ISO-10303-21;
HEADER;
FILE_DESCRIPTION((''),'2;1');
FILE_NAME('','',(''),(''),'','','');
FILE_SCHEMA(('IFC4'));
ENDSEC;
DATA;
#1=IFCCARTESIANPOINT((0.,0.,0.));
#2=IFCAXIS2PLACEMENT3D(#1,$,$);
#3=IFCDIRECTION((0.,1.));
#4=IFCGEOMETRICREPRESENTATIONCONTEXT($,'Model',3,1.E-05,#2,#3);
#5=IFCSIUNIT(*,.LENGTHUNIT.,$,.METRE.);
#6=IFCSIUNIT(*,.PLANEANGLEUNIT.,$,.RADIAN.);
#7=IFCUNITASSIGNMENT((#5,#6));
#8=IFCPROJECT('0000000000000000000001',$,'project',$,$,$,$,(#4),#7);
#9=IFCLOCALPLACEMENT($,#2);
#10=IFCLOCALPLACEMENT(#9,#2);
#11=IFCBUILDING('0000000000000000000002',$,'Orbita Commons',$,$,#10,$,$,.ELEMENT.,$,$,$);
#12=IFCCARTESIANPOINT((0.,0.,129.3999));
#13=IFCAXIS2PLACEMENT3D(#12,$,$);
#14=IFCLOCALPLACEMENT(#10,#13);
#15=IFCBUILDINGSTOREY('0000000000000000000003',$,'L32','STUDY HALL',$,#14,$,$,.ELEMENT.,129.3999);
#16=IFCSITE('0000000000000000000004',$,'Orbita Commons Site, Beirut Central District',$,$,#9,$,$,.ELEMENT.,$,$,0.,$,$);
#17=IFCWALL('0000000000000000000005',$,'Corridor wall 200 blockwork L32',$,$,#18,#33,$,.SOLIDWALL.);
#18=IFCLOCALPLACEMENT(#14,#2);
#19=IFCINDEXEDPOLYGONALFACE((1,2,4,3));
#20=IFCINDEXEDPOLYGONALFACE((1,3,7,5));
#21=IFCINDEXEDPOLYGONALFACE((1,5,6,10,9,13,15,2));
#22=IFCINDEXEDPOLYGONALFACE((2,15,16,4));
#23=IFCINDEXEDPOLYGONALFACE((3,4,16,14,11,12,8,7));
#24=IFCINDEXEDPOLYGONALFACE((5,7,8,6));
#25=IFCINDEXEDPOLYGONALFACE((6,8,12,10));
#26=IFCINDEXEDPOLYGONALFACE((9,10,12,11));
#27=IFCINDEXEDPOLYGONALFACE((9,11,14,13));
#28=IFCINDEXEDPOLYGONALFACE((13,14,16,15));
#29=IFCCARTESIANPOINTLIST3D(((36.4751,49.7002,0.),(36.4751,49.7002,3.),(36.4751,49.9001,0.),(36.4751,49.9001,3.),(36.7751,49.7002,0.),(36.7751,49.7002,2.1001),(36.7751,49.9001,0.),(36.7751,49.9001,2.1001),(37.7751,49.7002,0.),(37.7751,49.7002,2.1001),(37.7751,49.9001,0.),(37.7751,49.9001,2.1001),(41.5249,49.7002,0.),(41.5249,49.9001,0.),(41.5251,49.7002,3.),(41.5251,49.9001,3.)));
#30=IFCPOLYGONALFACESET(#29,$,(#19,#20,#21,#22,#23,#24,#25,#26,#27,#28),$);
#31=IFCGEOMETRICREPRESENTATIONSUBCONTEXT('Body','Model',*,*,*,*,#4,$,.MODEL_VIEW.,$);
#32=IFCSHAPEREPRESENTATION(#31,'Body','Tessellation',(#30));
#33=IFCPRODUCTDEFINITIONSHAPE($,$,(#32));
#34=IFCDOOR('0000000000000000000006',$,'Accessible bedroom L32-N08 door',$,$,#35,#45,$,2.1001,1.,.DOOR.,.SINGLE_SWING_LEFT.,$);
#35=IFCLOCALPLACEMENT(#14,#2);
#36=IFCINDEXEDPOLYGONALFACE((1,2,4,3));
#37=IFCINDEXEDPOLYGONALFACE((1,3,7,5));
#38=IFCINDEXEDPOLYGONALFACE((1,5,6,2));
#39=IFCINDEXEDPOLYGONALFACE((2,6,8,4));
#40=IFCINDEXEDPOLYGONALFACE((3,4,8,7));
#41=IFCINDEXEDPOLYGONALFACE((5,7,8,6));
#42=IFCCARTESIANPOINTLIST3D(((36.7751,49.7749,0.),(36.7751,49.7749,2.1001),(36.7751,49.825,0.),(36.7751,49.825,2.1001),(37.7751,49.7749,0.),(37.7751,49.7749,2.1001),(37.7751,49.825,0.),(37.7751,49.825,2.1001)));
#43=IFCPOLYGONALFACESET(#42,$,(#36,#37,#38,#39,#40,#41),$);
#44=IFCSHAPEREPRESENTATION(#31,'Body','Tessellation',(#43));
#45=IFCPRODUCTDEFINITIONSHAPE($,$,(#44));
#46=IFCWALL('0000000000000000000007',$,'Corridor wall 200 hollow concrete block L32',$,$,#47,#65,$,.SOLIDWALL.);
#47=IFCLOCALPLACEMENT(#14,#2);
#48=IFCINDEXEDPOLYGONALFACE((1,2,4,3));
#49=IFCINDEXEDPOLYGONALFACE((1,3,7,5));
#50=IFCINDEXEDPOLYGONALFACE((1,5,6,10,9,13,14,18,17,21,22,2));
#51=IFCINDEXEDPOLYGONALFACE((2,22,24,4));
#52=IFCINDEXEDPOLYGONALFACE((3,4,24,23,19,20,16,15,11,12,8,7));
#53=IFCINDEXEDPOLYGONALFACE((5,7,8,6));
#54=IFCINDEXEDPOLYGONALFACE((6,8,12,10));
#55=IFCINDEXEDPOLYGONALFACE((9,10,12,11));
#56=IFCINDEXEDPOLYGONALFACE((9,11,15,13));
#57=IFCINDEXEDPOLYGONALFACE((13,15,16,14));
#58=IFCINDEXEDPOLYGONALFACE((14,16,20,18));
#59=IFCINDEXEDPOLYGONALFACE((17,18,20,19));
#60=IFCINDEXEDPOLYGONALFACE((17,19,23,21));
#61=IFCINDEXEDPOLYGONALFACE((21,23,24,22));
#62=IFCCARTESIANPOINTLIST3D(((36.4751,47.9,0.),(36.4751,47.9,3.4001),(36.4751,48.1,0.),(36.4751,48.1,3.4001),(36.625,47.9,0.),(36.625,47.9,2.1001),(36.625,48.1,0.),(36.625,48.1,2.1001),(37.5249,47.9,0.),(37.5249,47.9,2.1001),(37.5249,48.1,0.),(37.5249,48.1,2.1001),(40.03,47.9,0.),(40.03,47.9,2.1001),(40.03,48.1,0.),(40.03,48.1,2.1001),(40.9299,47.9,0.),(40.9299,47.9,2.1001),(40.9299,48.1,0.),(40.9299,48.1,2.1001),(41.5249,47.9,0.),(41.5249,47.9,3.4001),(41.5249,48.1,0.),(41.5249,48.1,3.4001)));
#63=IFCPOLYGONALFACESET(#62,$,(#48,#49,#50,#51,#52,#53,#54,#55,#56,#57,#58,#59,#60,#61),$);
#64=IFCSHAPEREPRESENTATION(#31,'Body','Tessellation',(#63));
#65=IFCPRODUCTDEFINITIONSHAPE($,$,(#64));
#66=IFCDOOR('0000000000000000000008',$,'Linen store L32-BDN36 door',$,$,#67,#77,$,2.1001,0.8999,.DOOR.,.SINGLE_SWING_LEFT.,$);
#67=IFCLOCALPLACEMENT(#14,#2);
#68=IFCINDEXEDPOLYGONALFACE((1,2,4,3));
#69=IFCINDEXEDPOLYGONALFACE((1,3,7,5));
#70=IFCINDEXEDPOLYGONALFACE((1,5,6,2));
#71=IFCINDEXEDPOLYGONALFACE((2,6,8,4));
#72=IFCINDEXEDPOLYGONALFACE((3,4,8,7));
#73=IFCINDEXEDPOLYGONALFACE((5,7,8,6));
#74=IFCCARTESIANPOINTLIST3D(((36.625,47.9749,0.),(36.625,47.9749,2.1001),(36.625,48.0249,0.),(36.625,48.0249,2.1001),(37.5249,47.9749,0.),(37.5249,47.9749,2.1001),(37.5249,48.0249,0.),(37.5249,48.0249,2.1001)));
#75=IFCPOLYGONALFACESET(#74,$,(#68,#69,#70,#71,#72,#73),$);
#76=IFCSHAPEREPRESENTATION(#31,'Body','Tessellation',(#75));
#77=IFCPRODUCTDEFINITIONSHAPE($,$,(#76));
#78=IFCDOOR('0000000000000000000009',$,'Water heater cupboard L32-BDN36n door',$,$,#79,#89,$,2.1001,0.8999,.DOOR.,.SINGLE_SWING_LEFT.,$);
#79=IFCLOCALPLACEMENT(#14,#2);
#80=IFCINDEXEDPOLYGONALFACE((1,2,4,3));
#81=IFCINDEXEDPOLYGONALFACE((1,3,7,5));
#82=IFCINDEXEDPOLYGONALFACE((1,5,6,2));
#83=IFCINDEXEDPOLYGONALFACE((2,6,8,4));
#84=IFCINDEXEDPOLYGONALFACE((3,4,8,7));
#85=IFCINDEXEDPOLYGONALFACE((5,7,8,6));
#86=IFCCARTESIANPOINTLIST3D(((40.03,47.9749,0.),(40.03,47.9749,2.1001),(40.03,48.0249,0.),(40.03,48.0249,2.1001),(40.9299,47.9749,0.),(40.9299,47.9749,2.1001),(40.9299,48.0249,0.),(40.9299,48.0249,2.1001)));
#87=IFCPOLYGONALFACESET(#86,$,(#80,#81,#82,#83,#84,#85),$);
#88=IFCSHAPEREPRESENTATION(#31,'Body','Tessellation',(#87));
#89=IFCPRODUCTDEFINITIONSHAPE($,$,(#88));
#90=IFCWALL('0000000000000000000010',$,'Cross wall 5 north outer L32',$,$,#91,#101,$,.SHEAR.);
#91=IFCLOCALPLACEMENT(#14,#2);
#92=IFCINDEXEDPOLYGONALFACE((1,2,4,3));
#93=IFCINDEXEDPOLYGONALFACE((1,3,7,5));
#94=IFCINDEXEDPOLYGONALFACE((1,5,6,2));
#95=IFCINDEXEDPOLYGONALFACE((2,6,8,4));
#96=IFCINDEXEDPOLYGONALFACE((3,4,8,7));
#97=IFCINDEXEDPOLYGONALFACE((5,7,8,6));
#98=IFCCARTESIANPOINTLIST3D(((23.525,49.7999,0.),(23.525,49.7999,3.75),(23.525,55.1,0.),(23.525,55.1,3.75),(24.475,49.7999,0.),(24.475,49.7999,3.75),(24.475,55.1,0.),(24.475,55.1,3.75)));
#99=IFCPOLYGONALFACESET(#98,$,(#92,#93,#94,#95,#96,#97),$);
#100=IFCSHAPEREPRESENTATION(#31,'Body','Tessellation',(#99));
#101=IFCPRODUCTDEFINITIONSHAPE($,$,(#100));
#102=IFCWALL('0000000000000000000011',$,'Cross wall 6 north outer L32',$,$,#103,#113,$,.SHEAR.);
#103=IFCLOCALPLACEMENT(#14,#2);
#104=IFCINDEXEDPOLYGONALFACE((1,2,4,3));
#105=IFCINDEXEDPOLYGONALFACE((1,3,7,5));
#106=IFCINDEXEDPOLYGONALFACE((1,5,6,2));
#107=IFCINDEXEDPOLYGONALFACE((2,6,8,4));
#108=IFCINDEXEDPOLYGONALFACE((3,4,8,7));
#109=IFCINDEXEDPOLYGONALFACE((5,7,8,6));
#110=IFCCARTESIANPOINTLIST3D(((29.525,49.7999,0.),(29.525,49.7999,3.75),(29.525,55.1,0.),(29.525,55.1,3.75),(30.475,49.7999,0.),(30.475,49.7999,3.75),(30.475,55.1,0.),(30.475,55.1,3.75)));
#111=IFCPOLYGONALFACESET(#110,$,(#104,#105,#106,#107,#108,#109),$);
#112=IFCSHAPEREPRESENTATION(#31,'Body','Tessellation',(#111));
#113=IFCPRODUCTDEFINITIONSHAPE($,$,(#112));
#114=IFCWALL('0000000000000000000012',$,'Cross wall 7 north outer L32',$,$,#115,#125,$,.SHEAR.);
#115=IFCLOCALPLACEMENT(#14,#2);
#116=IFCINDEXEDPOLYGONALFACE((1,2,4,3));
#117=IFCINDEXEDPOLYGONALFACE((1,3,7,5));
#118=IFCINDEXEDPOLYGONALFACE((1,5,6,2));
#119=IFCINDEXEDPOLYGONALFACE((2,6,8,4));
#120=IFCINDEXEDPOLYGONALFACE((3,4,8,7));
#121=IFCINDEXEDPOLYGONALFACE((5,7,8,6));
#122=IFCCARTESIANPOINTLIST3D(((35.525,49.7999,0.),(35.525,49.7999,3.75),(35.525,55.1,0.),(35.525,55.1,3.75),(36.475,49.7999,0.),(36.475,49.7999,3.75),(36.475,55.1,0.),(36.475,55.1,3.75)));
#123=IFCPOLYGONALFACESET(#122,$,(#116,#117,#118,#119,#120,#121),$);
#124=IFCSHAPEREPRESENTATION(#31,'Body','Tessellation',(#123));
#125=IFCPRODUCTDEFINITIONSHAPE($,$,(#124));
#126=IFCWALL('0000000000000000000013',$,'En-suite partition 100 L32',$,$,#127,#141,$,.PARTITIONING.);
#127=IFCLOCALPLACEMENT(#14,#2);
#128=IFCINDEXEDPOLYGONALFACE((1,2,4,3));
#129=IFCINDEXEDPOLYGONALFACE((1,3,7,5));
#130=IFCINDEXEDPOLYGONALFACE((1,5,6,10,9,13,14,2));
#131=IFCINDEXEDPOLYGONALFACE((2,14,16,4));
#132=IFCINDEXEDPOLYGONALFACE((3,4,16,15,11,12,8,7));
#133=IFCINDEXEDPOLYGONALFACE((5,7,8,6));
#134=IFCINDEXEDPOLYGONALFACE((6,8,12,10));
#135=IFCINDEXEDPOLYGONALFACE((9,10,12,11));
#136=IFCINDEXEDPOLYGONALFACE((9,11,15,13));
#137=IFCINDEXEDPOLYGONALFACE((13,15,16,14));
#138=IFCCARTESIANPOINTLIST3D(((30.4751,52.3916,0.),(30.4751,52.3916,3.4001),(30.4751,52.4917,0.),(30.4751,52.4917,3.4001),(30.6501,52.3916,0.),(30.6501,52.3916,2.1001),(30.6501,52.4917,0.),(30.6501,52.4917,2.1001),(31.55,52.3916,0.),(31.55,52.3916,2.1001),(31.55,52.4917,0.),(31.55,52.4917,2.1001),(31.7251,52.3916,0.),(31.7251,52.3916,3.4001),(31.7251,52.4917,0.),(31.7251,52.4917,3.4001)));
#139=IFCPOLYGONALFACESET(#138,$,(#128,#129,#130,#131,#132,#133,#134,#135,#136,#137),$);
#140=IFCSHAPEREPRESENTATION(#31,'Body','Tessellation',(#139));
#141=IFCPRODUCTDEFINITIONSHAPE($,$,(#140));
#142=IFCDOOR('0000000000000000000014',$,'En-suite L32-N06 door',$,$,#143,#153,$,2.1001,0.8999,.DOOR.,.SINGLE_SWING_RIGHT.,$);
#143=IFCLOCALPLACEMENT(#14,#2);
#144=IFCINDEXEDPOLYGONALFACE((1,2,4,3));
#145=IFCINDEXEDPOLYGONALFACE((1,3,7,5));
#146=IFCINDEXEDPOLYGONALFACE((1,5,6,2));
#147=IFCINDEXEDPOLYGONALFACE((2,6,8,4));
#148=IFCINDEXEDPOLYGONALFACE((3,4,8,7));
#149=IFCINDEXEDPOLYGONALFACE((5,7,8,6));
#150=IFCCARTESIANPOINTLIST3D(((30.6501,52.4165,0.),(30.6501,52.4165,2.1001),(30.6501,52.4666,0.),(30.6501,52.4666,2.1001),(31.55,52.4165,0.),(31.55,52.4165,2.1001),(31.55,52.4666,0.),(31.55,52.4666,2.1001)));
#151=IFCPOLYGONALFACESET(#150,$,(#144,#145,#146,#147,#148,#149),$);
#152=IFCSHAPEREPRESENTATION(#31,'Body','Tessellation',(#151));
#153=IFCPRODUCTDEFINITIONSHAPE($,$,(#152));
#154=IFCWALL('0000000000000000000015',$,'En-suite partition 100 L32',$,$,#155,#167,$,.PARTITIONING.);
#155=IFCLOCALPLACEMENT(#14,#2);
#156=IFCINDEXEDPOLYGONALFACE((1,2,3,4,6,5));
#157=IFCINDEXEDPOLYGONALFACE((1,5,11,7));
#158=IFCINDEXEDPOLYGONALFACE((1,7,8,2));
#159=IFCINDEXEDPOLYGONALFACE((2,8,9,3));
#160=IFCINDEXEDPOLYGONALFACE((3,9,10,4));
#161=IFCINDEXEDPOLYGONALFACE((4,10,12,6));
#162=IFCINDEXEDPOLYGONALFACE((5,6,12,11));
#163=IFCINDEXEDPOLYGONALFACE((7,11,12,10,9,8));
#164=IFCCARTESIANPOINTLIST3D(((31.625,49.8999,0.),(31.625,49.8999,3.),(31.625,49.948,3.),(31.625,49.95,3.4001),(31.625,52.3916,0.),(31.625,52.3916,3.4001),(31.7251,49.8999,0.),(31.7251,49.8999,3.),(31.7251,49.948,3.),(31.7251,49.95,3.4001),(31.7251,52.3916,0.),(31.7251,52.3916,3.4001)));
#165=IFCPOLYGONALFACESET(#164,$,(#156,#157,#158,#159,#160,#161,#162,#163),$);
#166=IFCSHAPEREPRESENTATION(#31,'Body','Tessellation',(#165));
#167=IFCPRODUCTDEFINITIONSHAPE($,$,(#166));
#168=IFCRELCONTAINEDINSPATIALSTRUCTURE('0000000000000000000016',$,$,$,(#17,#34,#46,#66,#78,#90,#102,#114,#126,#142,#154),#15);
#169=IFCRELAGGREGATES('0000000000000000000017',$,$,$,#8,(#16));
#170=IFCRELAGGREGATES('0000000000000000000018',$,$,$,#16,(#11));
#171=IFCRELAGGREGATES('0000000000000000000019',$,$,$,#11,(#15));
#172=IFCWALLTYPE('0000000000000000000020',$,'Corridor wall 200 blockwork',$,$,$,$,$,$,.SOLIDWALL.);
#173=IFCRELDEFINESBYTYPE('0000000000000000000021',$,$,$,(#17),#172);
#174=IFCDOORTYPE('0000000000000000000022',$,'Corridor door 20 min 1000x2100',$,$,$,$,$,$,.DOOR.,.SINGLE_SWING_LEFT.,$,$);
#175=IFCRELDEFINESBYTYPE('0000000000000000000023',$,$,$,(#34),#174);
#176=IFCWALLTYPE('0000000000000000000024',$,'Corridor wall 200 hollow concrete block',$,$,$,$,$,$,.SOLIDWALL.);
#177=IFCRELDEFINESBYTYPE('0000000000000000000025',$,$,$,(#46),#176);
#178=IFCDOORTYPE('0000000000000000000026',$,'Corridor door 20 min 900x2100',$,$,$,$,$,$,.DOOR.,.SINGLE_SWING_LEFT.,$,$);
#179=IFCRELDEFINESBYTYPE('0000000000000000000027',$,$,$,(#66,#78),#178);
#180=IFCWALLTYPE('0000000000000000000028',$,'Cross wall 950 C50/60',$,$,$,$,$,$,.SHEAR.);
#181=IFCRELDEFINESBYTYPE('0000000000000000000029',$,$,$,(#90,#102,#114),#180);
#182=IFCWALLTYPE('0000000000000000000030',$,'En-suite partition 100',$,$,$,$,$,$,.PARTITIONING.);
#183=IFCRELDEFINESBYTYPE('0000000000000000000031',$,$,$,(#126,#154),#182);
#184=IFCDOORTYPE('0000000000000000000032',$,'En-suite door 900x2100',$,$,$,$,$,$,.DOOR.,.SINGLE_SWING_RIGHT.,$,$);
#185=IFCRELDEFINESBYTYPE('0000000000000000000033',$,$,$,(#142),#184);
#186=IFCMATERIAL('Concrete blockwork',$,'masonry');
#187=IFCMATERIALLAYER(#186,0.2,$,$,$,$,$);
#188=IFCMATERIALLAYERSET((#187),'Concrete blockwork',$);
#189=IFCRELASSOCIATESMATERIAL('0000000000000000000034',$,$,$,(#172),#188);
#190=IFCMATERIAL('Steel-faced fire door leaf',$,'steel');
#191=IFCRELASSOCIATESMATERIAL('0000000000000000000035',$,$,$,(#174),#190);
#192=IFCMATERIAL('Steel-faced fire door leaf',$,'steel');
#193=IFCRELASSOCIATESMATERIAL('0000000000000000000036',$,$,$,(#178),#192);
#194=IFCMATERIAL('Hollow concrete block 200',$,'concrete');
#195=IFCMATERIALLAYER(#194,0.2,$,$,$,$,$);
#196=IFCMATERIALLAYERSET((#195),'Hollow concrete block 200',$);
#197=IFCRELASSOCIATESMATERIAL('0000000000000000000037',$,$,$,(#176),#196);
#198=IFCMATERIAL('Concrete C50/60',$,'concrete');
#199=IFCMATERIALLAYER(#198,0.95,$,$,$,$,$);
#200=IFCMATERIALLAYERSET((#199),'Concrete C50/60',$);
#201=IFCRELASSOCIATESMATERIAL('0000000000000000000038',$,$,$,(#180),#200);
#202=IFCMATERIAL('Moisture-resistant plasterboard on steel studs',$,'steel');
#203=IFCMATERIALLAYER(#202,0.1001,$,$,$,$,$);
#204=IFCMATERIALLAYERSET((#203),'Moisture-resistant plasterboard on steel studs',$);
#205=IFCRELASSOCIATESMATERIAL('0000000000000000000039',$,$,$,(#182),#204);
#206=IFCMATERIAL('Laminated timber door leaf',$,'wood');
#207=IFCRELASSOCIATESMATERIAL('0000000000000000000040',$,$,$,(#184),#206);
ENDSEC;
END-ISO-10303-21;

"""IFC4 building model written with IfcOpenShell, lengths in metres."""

from ifc_helpers import new_model, si_unit, direction, frame, frame_2d, origin, place, context, subcontext, project, spatial, polyline, rectangle, outline, extrude, material, layer, layer_set, type_object, element, fill, save


model = new_model("IFC4")

# Units and contexts
model_context = context("Model", 3, precision=1e-05, world=origin(), true_north=direction((0.0, 1.0)))
body_context = subcontext(model_context, "Body", "Model", "MODEL_VIEW")
ifc_project = project(units=[si_unit("LENGTHUNIT", "METRE"), si_unit("PLANEANGLEUNIT", "RADIAN")], contexts=[model_context])

# Site, building, storey
site_placement = place(None, origin())
site = spatial("IfcSite", under=ifc_project, at=site_placement, Name="Orbita Commons Site, Beirut Central District", CompositionType="ELEMENT", RefElevation=0.0)
building_placement = place(site_placement, origin())
building = spatial("IfcBuilding", under=site, at=building_placement, Name="Orbita Commons", CompositionType="ELEMENT")
storey_placement = place(building_placement, frame((0.0, 0.0, 129.3999)))
storey = spatial("IfcBuildingStorey", under=building, at=storey_placement, Name="L32", Description="STUDY HALL", CompositionType="ELEMENT", Elevation=129.3999)

# Shared definitions
ifc_material_1 = material(Name="Concrete blockwork", Category="masonry")
ifc_layer_1 = layer(ifc_material_1, 0.2)
ifc_layer_set_1 = layer_set([ifc_layer_1], Name="Concrete blockwork")
wall_type_1 = type_object("IfcWallType", Name="Corridor wall 200 blockwork", PredefinedType="SOLIDWALL", material=ifc_layer_set_1)
ifc_material_2 = material(Name="Steel-faced fire door leaf", Category="steel")
door_type_1 = type_object("IfcDoorType", Name="Corridor door 20 min 1000x2100", OperationType="SINGLE_SWING_LEFT", PredefinedType="DOOR", material=ifc_material_2)

# Shared definitions
ifc_material_3 = material(Name="Steel-faced fire door leaf", Category="steel")
door_type_2 = type_object("IfcDoorType", Name="Corridor door 20 min 900x2100", OperationType="SINGLE_SWING_LEFT", PredefinedType="DOOR", material=ifc_material_3)

# Wall, opening, door
wall_1_placement = place(storey_placement, frame((36.4751, 49.8, 0.0), z_axis=(0.0, 0.0, 1.0), x_axis=(1.0, 0.0, 0.0)))
wall_1 = element("IfcWall", 1, at=wall_1_placement, inside=storey, type_object=wall_type_1, Name="Corridor wall 200 blockwork L32", PredefinedType="SOLIDWALL", context=body_context, shape_type="SweptSolid", body=[
    extrude(outline(polyline([(0.0, 0.0), (5.0498, 0.0), (5.05, 3.0), (0.0, 3.0), (0.0, 0.0)])), frame((0.0, 0.1001, 0.0), z_axis=(0.0, -1.0, 0.0), x_axis=(1.0, 0.0, 0.0)), (0.0, 0.0, 1.0), 0.2),
])
opening_1_placement = place(wall_1_placement, frame((0.3, 0.0, 0.0)))
opening_1 = element("IfcOpeningElement", 2, at=opening_1_placement, cuts=wall_1, PredefinedType="OPENING", context=body_context, shape_type="SweptSolid", body=[
    extrude(rectangle(XDim=1.0, YDim=2.1001, at=frame_2d((0.5, 1.05))), frame((0.0, 0.1099, 0.0), z_axis=(0.0, -1.0, 0.0), x_axis=(1.0, 0.0, 0.0)), (0.0, 0.0, 1.0), 0.22),
])
door_1_placement = place(opening_1_placement, origin())
door_1 = element("IfcDoor", 3, at=door_1_placement, inside=storey, type_object=door_type_1, Name="Accessible bedroom L32-N08 door", OperationType="SINGLE_SWING_LEFT", OverallHeight=2.1001, OverallWidth=1.0, PredefinedType="DOOR", context=body_context, shape_type="SweptSolid", body=[
    extrude(rectangle(XDim=1.0, YDim=2.1001, at=frame_2d((0.5, 1.05))), frame((0.0, 0.0249, 0.0), z_axis=(0.0, -1.0, 0.0), x_axis=(1.0, 0.0, 0.0)), (0.0, 0.0, 1.0), 0.05),
])
fill(opening_1, door_1)

# Wall, openings, doors
ifc_material_4 = material(Name="Hollow concrete block 200", Category="concrete")
ifc_layer_2 = layer(ifc_material_4, 0.2)
ifc_layer_set_2 = layer_set([ifc_layer_2], Name="Hollow concrete block 200")
wall_type_2 = type_object("IfcWallType", Name="Corridor wall 200 hollow concrete block", PredefinedType="SOLIDWALL", material=ifc_layer_set_2)
wall_2_placement = place(storey_placement, frame((36.4751, 48.0, 0.0), z_axis=(0.0, 0.0, 1.0), x_axis=(1.0, 0.0, 0.0)))
wall_2 = element("IfcWall", 4, at=wall_2_placement, inside=storey, type_object=wall_type_2, Name="Corridor wall 200 hollow concrete block L32", PredefinedType="SOLIDWALL", context=body_context, shape_type="SweptSolid", body=[
    extrude(rectangle(XDim=5.0498, YDim=0.2, at=frame_2d((2.5249, 0.0))), origin(), (0.0, 0.0, 1.0), 3.4001),
])
opening_2_placement = place(wall_2_placement, frame((0.1499, 0.0, 0.0)))
opening_2 = element("IfcOpeningElement", 5, at=opening_2_placement, cuts=wall_2, PredefinedType="OPENING", context=body_context, shape_type="SweptSolid", body=[
    extrude(rectangle(XDim=0.8999, YDim=2.1001, at=frame_2d((0.45, 1.05))), frame((0.0, 0.1099, 0.0), z_axis=(0.0, -1.0, 0.0), x_axis=(1.0, 0.0, 0.0)), (0.0, 0.0, 1.0), 0.22),
])
opening_3_placement = place(wall_2_placement, frame((3.5549, 0.0, 0.0)))
opening_3 = element("IfcOpeningElement", 6, at=opening_3_placement, cuts=wall_2, PredefinedType="OPENING", context=body_context, shape_type="SweptSolid", body=[
    extrude(rectangle(XDim=0.8999, YDim=2.1001, at=frame_2d((0.45, 1.05))), frame((0.0, 0.1099, 0.0), z_axis=(0.0, -1.0, 0.0), x_axis=(1.0, 0.0, 0.0)), (0.0, 0.0, 1.0), 0.22),
])
door_2_placement = place(opening_2_placement, origin())
door_2 = element("IfcDoor", 7, at=door_2_placement, inside=storey, type_object=door_type_2, Name="Linen store L32-BDN36 door", OperationType="SINGLE_SWING_LEFT", OverallHeight=2.1001, OverallWidth=0.8999, PredefinedType="DOOR", context=body_context, shape_type="SweptSolid", body=[
    extrude(rectangle(XDim=0.8999, YDim=2.1001, at=frame_2d((0.45, 1.05))), frame((0.0, 0.0249, 0.0), z_axis=(0.0, -1.0, 0.0), x_axis=(1.0, 0.0, 0.0)), (0.0, 0.0, 1.0), 0.05),
])
fill(opening_2, door_2)
door_3_placement = place(opening_3_placement, origin())
door_3 = element("IfcDoor", 8, at=door_3_placement, inside=storey, type_object=door_type_2, Name="Water heater cupboard L32-BDN36n door", OperationType="SINGLE_SWING_LEFT", OverallHeight=2.1001, OverallWidth=0.8999, PredefinedType="DOOR", context=body_context, shape_type="SweptSolid", body=[
    extrude(rectangle(XDim=0.8999, YDim=2.1001, at=frame_2d((0.45, 1.05))), frame((0.0, 0.0249, 0.0), z_axis=(0.0, -1.0, 0.0), x_axis=(1.0, 0.0, 0.0)), (0.0, 0.0, 1.0), 0.05),
])
fill(opening_3, door_3)

# Walls
ifc_material_5 = material(Name="Concrete C50/60", Category="concrete")
ifc_layer_3 = layer(ifc_material_5, 0.95)
ifc_layer_set_3 = layer_set([ifc_layer_3], Name="Concrete C50/60")
wall_type_3 = type_object("IfcWallType", Name="Cross wall 950 C50/60", PredefinedType="SHEAR", material=ifc_layer_set_3)
for number, where, z_axis, x_axis, name in (
    (9, (24.0, 49.8, 0.0), (0.0, 0.0, 1.0), (0.0, 1.0, 0.0), "Cross wall 5 north outer L32"),
    (10, (30.0, 49.8, 0.0), (0.0, 0.0, 1.0), (0.0, 1.0, 0.0), "Cross wall 6 north outer L32"),
    (11, (36.0, 49.8, 0.0), (0.0, 0.0, 1.0), (0.0, 1.0, 0.0), "Cross wall 7 north outer L32"),
):
    element("IfcWall", number, at=place(storey_placement, frame(where, z_axis=z_axis, x_axis=x_axis)), inside=storey, type_object=wall_type_3, Name=name, PredefinedType="SHEAR", context=body_context, shape_type="SweptSolid", body=[
        extrude(rectangle(XDim=5.3, YDim=0.95, at=frame_2d((2.6499, 0.0))), origin(), (0.0, 0.0, 1.0), 3.75),
    ])

# Wall, opening, door
ifc_material_6 = material(Name="Moisture-resistant plasterboard on steel studs", Category="steel")
ifc_layer_4 = layer(ifc_material_6, 0.1001)
ifc_layer_set_4 = layer_set([ifc_layer_4], Name="Moisture-resistant plasterboard on steel studs")
wall_type_4 = type_object("IfcWallType", Name="En-suite partition 100", PredefinedType="PARTITIONING", material=ifc_layer_set_4)
wall_3_placement = place(storey_placement, frame((30.4751, 52.4417, 0.0), z_axis=(0.0, 0.0, 1.0), x_axis=(1.0, 0.0, 0.0)))
wall_3 = element("IfcWall", 12, at=wall_3_placement, inside=storey, type_object=wall_type_4, Name="En-suite partition 100 L32", PredefinedType="PARTITIONING", context=body_context, shape_type="SweptSolid", body=[
    extrude(rectangle(XDim=1.25, YDim=0.1001, at=frame_2d((0.625, 0.0))), origin(), (0.0, 0.0, 1.0), 3.4001),
])
opening_4_placement = place(wall_3_placement, frame((0.175, 0.0, 0.0)))
opening_4 = element("IfcOpeningElement", 13, at=opening_4_placement, cuts=wall_3, PredefinedType="OPENING", context=body_context, shape_type="SweptSolid", body=[
    extrude(rectangle(XDim=0.8999, YDim=2.1001, at=frame_2d((0.45, 1.05))), frame((0.0, 0.0601, 0.0), z_axis=(0.0, -1.0, 0.0), x_axis=(1.0, 0.0, 0.0)), (0.0, 0.0, 1.0), 0.1201),
])
ifc_material_7 = material(Name="Laminated timber door leaf", Category="wood")
door_type_3 = type_object("IfcDoorType", Name="En-suite door 900x2100", OperationType="SINGLE_SWING_RIGHT", PredefinedType="DOOR", material=ifc_material_7)
door_4_placement = place(opening_4_placement, origin())
door_4 = element("IfcDoor", 14, at=door_4_placement, inside=storey, type_object=door_type_3, Name="En-suite L32-N06 door", OperationType="SINGLE_SWING_RIGHT", OverallHeight=2.1001, OverallWidth=0.8999, PredefinedType="DOOR", context=body_context, shape_type="SweptSolid", body=[
    extrude(rectangle(XDim=0.8999, YDim=2.1001, at=frame_2d((0.45, 1.05))), frame((0.0, 0.0249, 0.0), z_axis=(0.0, -1.0, 0.0), x_axis=(1.0, 0.0, 0.0)), (0.0, 0.0, 1.0), 0.05),
])
fill(opening_4, door_4)

# Wall
for number, where, z_axis, x_axis, name in (
    (15, (31.675, 52.3916, 0.0), (0.0, 0.0, 1.0), (0.0, -1.0, 0.0), "En-suite partition 100 L32"),
):
    element("IfcWall", number, at=place(storey_placement, frame(where, z_axis=z_axis, x_axis=x_axis)), inside=storey, type_object=wall_type_4, Name=name, PredefinedType="PARTITIONING", context=body_context, shape_type="SweptSolid", body=[
        extrude(outline(polyline([(0.0, 0.0), (2.4917, 0.0), (2.4917, 3.0), (2.4436, 3.0), (2.4417, 3.4001), (0.0, 3.4001), (0.0, 0.0)])), frame((0.0, 0.05, 0.0), z_axis=(0.0, -1.0, 0.0), x_axis=(1.0, 0.0, 0.0)), (0.0, 0.0, 1.0), 0.1001),
    ])

save(model, "model.ifc")
